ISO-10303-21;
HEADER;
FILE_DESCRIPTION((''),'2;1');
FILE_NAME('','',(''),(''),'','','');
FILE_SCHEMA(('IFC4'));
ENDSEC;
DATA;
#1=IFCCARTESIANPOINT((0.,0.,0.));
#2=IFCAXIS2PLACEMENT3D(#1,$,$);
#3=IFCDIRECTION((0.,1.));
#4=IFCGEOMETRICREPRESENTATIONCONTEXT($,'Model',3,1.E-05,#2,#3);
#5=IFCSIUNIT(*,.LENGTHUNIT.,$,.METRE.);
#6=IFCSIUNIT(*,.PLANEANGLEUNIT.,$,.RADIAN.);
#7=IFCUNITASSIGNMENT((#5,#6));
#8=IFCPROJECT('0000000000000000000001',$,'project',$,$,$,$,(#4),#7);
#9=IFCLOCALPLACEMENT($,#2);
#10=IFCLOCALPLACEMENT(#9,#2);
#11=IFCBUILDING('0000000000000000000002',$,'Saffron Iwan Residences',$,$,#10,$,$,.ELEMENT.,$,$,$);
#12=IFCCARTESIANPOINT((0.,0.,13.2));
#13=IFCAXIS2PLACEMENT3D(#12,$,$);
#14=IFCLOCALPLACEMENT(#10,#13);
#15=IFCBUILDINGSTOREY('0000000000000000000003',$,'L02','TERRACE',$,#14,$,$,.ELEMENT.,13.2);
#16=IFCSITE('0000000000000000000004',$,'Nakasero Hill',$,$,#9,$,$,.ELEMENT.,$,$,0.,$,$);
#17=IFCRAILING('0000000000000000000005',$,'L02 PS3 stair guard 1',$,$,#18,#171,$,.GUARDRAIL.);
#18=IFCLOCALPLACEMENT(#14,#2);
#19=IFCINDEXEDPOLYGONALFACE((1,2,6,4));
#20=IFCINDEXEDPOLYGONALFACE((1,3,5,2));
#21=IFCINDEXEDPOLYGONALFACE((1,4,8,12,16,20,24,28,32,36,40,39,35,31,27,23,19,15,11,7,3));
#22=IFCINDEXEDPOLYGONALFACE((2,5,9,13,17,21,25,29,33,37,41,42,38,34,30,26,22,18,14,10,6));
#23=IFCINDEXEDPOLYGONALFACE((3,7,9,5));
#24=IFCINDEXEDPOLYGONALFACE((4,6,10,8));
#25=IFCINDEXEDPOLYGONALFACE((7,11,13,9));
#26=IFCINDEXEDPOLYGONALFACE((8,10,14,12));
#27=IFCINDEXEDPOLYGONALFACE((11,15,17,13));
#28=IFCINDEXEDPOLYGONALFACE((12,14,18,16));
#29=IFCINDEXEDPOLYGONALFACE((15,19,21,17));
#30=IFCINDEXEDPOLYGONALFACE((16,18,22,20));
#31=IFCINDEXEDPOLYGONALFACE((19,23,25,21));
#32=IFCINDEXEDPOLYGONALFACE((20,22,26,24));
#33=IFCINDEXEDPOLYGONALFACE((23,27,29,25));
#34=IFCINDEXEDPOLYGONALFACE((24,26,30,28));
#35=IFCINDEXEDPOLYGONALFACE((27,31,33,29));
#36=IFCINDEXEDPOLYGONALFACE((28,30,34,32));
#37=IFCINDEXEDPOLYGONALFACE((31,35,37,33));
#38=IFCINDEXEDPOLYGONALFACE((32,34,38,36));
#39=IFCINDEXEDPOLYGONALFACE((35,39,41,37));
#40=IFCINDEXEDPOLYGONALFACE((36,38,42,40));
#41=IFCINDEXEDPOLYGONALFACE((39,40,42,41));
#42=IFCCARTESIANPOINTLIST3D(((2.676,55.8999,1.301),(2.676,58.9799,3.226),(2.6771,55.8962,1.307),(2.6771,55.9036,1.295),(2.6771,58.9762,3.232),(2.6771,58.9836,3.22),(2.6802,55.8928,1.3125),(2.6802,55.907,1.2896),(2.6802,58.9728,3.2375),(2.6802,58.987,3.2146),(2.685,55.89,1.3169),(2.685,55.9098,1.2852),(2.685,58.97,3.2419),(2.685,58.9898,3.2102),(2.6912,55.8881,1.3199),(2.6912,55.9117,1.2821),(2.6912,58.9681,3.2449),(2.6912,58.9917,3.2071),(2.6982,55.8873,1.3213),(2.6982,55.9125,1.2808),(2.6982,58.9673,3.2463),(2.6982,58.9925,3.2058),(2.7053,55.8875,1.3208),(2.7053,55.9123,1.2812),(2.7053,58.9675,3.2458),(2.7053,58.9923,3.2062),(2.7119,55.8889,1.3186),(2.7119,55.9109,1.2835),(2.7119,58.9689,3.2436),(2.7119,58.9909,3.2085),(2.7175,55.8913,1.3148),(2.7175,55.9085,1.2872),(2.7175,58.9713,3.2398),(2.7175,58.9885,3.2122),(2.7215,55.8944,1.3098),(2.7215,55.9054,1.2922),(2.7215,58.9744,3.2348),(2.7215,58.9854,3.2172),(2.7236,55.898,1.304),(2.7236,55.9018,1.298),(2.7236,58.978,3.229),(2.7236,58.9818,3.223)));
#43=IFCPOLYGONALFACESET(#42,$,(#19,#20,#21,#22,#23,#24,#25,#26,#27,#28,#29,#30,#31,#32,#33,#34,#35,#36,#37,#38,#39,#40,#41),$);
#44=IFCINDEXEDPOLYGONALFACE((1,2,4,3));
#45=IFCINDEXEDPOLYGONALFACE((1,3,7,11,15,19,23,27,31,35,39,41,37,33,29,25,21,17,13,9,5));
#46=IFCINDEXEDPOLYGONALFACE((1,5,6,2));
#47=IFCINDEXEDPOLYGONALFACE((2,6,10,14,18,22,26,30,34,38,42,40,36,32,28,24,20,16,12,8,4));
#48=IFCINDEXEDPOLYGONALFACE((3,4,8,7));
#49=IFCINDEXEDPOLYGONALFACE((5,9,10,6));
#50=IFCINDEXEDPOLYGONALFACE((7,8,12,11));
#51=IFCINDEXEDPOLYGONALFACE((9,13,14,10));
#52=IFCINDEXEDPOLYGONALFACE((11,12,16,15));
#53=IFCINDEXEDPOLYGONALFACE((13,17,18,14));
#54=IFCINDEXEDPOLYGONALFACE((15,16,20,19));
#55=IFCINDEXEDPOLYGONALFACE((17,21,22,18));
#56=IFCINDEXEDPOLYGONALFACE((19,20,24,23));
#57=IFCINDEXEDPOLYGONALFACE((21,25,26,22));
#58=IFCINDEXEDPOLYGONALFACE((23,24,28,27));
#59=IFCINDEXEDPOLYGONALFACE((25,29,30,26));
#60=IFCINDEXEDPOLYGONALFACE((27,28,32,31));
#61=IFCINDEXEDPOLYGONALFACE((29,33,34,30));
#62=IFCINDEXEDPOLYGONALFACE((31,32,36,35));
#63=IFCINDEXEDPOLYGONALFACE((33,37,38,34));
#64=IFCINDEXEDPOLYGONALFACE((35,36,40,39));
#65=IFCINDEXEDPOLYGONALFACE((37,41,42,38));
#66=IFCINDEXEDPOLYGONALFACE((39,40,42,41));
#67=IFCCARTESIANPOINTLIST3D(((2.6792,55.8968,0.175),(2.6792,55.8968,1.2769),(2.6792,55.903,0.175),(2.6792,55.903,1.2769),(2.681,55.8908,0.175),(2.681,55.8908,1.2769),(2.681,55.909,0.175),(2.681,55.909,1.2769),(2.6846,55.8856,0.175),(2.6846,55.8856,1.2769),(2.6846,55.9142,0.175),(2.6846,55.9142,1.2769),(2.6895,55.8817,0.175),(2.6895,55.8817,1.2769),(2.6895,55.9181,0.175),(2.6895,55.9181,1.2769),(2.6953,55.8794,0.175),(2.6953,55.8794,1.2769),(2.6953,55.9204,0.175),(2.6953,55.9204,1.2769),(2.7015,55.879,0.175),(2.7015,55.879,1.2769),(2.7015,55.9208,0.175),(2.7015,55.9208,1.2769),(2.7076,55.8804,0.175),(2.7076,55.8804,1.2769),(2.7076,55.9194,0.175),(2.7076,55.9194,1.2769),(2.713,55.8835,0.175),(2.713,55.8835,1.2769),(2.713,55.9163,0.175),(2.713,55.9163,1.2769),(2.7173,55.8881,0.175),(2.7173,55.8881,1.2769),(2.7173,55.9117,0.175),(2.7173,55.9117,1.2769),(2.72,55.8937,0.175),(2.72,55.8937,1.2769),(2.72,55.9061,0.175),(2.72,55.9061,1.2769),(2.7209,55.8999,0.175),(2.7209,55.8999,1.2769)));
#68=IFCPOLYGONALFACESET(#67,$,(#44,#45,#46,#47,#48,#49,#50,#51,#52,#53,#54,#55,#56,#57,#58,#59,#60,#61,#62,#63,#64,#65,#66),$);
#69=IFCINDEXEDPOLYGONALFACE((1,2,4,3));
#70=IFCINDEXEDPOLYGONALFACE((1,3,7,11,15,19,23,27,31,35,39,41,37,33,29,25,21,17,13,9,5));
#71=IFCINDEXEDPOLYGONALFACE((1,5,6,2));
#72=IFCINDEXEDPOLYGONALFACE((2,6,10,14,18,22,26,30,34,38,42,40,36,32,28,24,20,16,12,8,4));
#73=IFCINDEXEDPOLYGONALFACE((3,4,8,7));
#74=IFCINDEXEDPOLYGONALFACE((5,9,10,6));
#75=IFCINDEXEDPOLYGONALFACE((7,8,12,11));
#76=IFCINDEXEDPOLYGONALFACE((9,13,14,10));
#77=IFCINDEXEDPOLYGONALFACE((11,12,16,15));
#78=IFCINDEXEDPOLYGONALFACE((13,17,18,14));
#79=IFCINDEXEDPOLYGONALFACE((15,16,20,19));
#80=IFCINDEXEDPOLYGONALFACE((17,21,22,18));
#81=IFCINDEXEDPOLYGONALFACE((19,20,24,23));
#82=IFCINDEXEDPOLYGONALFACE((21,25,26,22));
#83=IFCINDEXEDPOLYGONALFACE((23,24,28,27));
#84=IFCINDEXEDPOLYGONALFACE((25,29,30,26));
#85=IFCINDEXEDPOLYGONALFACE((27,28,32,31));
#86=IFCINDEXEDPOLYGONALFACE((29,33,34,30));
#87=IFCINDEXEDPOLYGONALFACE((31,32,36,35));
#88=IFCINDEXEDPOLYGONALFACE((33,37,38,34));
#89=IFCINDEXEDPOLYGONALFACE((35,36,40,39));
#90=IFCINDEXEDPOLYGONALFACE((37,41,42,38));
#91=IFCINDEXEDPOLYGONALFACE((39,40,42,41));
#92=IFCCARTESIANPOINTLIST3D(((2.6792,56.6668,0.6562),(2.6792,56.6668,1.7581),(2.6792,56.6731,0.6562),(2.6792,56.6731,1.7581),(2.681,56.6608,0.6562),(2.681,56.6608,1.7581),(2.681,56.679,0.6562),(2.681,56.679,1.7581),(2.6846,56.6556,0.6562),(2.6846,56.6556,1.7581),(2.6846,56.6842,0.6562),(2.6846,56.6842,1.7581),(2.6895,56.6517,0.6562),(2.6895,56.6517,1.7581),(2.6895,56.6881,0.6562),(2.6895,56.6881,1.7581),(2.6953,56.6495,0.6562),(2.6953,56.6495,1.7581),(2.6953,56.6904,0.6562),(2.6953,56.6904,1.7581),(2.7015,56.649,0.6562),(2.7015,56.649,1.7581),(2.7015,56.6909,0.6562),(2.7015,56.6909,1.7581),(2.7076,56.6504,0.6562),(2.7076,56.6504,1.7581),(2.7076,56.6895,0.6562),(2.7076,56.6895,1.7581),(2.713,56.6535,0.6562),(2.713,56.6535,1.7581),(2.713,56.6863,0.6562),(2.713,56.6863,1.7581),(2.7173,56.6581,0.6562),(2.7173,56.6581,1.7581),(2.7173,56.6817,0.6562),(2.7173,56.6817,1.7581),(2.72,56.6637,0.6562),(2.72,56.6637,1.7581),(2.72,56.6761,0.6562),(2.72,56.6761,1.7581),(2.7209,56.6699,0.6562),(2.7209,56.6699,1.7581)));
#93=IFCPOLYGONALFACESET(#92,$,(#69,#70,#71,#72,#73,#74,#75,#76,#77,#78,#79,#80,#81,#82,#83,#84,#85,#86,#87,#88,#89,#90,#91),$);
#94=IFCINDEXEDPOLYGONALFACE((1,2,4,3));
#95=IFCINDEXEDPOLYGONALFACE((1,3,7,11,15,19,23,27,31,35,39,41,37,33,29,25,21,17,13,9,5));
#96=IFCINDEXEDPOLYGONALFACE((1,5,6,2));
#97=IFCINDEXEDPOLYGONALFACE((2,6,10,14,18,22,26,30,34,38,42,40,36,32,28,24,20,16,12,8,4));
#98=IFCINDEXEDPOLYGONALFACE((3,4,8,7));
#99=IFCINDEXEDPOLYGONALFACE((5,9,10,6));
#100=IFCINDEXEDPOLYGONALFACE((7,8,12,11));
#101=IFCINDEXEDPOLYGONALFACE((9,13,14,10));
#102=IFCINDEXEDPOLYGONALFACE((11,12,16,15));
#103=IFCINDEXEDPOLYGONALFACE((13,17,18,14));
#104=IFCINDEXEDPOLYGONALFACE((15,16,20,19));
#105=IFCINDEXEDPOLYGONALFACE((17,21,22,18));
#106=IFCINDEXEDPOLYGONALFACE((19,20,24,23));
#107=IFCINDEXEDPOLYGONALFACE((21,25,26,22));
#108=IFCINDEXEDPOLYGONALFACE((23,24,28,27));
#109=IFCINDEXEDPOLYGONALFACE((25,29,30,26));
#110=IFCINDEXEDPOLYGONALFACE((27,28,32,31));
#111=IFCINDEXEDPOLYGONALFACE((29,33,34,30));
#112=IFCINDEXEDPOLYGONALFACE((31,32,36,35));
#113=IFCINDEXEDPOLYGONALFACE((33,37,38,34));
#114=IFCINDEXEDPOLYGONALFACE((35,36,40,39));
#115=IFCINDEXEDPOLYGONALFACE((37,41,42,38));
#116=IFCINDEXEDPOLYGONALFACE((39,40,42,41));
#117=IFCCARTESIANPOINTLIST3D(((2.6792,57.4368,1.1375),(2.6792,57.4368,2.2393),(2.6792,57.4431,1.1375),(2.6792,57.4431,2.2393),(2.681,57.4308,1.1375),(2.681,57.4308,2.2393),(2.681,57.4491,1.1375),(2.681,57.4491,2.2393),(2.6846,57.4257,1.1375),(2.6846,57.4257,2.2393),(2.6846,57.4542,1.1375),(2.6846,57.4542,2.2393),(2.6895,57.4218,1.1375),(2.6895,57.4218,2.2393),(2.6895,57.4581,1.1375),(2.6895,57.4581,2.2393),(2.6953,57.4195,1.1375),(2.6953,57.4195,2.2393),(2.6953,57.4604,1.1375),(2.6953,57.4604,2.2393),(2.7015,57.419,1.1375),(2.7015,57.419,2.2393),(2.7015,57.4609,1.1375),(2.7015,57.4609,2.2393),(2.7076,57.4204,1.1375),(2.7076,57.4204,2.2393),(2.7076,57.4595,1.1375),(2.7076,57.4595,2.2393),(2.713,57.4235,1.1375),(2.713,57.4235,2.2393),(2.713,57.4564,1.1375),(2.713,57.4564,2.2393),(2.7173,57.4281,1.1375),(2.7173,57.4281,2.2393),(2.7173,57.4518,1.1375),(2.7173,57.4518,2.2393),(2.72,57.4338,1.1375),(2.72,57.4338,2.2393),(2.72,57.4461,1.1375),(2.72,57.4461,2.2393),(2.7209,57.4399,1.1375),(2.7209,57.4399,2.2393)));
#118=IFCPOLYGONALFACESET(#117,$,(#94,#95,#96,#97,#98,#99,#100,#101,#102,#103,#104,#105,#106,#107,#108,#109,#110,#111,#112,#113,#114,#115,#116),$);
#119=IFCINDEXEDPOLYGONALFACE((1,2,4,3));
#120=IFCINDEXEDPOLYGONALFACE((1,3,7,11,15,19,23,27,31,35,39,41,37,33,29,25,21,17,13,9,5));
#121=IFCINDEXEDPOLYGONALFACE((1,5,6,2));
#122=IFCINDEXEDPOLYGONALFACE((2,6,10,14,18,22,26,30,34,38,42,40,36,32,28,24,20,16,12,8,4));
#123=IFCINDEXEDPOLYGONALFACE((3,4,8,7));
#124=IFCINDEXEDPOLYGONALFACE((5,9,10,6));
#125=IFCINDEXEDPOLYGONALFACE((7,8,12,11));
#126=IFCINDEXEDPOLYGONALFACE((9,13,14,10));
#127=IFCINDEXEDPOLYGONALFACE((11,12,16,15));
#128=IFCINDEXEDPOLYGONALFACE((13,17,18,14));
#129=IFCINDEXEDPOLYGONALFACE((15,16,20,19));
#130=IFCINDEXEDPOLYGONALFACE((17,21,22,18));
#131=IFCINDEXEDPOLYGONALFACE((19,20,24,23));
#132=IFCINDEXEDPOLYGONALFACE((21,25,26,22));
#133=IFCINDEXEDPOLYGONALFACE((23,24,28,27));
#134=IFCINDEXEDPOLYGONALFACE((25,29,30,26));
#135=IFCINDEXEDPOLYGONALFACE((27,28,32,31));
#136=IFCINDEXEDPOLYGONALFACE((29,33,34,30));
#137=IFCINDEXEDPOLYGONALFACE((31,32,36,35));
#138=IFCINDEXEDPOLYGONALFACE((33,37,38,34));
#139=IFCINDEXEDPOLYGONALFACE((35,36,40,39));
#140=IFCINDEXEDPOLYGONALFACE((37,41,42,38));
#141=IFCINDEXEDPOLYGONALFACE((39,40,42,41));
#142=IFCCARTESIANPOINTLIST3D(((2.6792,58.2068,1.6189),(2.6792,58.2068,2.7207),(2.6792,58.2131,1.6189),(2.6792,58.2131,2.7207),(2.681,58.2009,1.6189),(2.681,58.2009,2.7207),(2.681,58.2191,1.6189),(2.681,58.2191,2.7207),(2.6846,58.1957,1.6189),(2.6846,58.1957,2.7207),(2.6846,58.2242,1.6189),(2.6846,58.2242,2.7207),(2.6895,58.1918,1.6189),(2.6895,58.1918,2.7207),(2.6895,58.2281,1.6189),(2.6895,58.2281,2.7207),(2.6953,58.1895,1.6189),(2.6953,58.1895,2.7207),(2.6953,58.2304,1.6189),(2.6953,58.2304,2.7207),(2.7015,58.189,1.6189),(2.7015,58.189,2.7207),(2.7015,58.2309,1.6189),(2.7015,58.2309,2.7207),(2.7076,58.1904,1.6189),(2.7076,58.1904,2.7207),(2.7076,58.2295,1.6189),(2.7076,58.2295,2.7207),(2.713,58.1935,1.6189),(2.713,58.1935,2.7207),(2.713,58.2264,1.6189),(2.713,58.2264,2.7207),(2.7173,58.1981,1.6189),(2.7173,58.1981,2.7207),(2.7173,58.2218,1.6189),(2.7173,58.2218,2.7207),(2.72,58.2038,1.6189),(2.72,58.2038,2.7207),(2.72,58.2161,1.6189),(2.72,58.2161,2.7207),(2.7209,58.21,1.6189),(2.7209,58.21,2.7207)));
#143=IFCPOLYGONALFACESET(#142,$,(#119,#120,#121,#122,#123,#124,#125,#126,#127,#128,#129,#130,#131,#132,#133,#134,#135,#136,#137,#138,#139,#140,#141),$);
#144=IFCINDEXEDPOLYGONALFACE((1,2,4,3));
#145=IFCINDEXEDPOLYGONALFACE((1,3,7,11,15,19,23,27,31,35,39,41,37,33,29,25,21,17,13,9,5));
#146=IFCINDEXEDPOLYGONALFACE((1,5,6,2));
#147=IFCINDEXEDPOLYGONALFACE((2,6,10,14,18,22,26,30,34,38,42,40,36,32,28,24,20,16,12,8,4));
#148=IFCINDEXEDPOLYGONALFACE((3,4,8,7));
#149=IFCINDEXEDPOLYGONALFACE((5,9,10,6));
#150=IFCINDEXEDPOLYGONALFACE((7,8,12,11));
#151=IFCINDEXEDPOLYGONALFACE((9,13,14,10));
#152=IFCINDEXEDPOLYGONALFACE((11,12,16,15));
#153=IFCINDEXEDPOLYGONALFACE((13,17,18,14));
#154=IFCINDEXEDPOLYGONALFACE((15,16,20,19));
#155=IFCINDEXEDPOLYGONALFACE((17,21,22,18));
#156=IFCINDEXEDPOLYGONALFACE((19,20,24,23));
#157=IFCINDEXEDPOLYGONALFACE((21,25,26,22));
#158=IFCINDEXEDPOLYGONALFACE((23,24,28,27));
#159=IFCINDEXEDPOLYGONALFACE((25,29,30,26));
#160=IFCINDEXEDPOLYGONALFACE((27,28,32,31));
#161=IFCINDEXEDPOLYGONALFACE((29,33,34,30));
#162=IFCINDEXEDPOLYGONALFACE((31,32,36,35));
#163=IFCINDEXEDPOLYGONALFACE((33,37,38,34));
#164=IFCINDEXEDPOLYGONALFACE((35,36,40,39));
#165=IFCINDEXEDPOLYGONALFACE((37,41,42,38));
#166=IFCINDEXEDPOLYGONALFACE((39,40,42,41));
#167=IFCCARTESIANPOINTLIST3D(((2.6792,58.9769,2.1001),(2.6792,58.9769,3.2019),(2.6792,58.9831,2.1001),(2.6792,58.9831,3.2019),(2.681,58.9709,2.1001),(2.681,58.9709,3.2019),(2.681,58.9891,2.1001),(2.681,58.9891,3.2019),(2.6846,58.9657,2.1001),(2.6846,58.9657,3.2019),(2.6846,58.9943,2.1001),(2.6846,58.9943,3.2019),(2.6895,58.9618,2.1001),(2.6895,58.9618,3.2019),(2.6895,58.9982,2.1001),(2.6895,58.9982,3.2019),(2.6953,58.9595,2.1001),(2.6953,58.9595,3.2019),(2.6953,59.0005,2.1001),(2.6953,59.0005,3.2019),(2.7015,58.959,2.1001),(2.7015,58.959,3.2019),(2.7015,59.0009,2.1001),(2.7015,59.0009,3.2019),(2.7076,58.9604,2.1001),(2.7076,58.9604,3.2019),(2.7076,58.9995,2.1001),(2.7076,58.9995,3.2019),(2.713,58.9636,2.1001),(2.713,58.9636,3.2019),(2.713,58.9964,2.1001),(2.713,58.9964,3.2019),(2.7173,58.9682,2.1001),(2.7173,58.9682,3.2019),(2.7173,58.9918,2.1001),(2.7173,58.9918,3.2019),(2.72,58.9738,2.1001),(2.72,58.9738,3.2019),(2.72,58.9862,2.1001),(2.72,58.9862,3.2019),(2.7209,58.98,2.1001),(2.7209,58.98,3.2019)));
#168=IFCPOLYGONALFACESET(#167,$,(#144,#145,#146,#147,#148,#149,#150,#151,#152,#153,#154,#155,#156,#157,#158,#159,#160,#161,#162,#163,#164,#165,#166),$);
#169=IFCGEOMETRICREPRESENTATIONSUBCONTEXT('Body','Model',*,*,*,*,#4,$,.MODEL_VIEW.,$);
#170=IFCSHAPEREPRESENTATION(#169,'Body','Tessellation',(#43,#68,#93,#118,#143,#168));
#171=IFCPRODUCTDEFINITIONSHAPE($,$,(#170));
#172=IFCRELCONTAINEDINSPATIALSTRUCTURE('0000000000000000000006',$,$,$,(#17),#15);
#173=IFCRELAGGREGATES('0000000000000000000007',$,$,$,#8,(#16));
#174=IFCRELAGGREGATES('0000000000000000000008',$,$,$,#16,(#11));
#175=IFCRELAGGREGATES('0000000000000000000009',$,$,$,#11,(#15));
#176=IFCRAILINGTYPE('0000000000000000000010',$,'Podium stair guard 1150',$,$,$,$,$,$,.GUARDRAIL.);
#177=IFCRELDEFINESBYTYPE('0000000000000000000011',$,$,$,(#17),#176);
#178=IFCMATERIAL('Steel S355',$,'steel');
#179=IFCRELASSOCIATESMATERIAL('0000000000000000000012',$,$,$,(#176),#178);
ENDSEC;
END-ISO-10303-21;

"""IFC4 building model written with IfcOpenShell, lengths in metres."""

from ifc_helpers import new_model, si_unit, direction, frame, origin, origin_2d, place, context, subcontext, project, spatial, circle, extrude, material, type_object, element, save


model = new_model("IFC4")

# Units and contexts
model_context = context("Model", 3, precision=1e-05, world=origin(), true_north=direction((0.0, 1.0)))
body_context = subcontext(model_context, "Body", "Model", "MODEL_VIEW")
ifc_project = project(units=[si_unit("LENGTHUNIT", "METRE"), si_unit("PLANEANGLEUNIT", "RADIAN")], contexts=[model_context])

# Site, building, storey
site_placement = place(None, origin())
site = spatial("IfcSite", under=ifc_project, at=site_placement, Name="Nakasero Hill", CompositionType="ELEMENT", RefElevation=0.0)
building_placement = place(site_placement, origin())
building = spatial("IfcBuilding", under=site, at=building_placement, Name="Saffron Iwan Residences", CompositionType="ELEMENT")
storey_placement = place(building_placement, frame((0.0, 0.0, 13.2)))
storey = spatial("IfcBuildingStorey", under=building, at=storey_placement, Name="L02", Description="TERRACE", CompositionType="ELEMENT", Elevation=13.2)

# Railing
ifc_material_1 = material(Name="Steel S355", Category="steel")
railing_type_1 = type_object("IfcRailingType", Name="Podium stair guard 1150", PredefinedType="GUARDRAIL", material=ifc_material_1)
railing_1_placement = place(storey_placement, frame((2.7, 55.8999, 0.175)))
element("IfcRailing", 1, at=railing_1_placement, inside=storey, type_object=railing_type_1, Name="L02 PS3 stair guard 1", PredefinedType="GUARDRAIL", context=body_context, shape_type="SweptSolid", body=[
    extrude(circle(Radius=0.0239, at=origin_2d()), frame((0.0, 0.0, 1.126), z_axis=(0.0, 0.847998, 0.529999), x_axis=(-1.0, 0.0, 0.0)), (0.0, 0.0, 1.0), 3.6321),
    extrude(circle(Radius=0.021, at=origin_2d()), origin(), (0.0, 0.0, 1.0), 1.1018),
    extrude(circle(Radius=0.021, at=origin_2d()), frame((0.0, 0.77, 0.4812)), (0.0, 0.0, 1.0), 1.1018),
    extrude(circle(Radius=0.021, at=origin_2d()), frame((0.0, 1.54, 0.9624)), (0.0, 0.0, 1.0), 1.1018),
    extrude(circle(Radius=0.021, at=origin_2d()), frame((0.0, 2.3101, 1.4438)), (0.0, 0.0, 1.0), 1.1018),
    extrude(circle(Radius=0.021, at=origin_2d()), frame((0.0, 3.0801, 1.925)), (0.0, 0.0, 1.0), 1.1018),
])

save(model, "model.ifc")
